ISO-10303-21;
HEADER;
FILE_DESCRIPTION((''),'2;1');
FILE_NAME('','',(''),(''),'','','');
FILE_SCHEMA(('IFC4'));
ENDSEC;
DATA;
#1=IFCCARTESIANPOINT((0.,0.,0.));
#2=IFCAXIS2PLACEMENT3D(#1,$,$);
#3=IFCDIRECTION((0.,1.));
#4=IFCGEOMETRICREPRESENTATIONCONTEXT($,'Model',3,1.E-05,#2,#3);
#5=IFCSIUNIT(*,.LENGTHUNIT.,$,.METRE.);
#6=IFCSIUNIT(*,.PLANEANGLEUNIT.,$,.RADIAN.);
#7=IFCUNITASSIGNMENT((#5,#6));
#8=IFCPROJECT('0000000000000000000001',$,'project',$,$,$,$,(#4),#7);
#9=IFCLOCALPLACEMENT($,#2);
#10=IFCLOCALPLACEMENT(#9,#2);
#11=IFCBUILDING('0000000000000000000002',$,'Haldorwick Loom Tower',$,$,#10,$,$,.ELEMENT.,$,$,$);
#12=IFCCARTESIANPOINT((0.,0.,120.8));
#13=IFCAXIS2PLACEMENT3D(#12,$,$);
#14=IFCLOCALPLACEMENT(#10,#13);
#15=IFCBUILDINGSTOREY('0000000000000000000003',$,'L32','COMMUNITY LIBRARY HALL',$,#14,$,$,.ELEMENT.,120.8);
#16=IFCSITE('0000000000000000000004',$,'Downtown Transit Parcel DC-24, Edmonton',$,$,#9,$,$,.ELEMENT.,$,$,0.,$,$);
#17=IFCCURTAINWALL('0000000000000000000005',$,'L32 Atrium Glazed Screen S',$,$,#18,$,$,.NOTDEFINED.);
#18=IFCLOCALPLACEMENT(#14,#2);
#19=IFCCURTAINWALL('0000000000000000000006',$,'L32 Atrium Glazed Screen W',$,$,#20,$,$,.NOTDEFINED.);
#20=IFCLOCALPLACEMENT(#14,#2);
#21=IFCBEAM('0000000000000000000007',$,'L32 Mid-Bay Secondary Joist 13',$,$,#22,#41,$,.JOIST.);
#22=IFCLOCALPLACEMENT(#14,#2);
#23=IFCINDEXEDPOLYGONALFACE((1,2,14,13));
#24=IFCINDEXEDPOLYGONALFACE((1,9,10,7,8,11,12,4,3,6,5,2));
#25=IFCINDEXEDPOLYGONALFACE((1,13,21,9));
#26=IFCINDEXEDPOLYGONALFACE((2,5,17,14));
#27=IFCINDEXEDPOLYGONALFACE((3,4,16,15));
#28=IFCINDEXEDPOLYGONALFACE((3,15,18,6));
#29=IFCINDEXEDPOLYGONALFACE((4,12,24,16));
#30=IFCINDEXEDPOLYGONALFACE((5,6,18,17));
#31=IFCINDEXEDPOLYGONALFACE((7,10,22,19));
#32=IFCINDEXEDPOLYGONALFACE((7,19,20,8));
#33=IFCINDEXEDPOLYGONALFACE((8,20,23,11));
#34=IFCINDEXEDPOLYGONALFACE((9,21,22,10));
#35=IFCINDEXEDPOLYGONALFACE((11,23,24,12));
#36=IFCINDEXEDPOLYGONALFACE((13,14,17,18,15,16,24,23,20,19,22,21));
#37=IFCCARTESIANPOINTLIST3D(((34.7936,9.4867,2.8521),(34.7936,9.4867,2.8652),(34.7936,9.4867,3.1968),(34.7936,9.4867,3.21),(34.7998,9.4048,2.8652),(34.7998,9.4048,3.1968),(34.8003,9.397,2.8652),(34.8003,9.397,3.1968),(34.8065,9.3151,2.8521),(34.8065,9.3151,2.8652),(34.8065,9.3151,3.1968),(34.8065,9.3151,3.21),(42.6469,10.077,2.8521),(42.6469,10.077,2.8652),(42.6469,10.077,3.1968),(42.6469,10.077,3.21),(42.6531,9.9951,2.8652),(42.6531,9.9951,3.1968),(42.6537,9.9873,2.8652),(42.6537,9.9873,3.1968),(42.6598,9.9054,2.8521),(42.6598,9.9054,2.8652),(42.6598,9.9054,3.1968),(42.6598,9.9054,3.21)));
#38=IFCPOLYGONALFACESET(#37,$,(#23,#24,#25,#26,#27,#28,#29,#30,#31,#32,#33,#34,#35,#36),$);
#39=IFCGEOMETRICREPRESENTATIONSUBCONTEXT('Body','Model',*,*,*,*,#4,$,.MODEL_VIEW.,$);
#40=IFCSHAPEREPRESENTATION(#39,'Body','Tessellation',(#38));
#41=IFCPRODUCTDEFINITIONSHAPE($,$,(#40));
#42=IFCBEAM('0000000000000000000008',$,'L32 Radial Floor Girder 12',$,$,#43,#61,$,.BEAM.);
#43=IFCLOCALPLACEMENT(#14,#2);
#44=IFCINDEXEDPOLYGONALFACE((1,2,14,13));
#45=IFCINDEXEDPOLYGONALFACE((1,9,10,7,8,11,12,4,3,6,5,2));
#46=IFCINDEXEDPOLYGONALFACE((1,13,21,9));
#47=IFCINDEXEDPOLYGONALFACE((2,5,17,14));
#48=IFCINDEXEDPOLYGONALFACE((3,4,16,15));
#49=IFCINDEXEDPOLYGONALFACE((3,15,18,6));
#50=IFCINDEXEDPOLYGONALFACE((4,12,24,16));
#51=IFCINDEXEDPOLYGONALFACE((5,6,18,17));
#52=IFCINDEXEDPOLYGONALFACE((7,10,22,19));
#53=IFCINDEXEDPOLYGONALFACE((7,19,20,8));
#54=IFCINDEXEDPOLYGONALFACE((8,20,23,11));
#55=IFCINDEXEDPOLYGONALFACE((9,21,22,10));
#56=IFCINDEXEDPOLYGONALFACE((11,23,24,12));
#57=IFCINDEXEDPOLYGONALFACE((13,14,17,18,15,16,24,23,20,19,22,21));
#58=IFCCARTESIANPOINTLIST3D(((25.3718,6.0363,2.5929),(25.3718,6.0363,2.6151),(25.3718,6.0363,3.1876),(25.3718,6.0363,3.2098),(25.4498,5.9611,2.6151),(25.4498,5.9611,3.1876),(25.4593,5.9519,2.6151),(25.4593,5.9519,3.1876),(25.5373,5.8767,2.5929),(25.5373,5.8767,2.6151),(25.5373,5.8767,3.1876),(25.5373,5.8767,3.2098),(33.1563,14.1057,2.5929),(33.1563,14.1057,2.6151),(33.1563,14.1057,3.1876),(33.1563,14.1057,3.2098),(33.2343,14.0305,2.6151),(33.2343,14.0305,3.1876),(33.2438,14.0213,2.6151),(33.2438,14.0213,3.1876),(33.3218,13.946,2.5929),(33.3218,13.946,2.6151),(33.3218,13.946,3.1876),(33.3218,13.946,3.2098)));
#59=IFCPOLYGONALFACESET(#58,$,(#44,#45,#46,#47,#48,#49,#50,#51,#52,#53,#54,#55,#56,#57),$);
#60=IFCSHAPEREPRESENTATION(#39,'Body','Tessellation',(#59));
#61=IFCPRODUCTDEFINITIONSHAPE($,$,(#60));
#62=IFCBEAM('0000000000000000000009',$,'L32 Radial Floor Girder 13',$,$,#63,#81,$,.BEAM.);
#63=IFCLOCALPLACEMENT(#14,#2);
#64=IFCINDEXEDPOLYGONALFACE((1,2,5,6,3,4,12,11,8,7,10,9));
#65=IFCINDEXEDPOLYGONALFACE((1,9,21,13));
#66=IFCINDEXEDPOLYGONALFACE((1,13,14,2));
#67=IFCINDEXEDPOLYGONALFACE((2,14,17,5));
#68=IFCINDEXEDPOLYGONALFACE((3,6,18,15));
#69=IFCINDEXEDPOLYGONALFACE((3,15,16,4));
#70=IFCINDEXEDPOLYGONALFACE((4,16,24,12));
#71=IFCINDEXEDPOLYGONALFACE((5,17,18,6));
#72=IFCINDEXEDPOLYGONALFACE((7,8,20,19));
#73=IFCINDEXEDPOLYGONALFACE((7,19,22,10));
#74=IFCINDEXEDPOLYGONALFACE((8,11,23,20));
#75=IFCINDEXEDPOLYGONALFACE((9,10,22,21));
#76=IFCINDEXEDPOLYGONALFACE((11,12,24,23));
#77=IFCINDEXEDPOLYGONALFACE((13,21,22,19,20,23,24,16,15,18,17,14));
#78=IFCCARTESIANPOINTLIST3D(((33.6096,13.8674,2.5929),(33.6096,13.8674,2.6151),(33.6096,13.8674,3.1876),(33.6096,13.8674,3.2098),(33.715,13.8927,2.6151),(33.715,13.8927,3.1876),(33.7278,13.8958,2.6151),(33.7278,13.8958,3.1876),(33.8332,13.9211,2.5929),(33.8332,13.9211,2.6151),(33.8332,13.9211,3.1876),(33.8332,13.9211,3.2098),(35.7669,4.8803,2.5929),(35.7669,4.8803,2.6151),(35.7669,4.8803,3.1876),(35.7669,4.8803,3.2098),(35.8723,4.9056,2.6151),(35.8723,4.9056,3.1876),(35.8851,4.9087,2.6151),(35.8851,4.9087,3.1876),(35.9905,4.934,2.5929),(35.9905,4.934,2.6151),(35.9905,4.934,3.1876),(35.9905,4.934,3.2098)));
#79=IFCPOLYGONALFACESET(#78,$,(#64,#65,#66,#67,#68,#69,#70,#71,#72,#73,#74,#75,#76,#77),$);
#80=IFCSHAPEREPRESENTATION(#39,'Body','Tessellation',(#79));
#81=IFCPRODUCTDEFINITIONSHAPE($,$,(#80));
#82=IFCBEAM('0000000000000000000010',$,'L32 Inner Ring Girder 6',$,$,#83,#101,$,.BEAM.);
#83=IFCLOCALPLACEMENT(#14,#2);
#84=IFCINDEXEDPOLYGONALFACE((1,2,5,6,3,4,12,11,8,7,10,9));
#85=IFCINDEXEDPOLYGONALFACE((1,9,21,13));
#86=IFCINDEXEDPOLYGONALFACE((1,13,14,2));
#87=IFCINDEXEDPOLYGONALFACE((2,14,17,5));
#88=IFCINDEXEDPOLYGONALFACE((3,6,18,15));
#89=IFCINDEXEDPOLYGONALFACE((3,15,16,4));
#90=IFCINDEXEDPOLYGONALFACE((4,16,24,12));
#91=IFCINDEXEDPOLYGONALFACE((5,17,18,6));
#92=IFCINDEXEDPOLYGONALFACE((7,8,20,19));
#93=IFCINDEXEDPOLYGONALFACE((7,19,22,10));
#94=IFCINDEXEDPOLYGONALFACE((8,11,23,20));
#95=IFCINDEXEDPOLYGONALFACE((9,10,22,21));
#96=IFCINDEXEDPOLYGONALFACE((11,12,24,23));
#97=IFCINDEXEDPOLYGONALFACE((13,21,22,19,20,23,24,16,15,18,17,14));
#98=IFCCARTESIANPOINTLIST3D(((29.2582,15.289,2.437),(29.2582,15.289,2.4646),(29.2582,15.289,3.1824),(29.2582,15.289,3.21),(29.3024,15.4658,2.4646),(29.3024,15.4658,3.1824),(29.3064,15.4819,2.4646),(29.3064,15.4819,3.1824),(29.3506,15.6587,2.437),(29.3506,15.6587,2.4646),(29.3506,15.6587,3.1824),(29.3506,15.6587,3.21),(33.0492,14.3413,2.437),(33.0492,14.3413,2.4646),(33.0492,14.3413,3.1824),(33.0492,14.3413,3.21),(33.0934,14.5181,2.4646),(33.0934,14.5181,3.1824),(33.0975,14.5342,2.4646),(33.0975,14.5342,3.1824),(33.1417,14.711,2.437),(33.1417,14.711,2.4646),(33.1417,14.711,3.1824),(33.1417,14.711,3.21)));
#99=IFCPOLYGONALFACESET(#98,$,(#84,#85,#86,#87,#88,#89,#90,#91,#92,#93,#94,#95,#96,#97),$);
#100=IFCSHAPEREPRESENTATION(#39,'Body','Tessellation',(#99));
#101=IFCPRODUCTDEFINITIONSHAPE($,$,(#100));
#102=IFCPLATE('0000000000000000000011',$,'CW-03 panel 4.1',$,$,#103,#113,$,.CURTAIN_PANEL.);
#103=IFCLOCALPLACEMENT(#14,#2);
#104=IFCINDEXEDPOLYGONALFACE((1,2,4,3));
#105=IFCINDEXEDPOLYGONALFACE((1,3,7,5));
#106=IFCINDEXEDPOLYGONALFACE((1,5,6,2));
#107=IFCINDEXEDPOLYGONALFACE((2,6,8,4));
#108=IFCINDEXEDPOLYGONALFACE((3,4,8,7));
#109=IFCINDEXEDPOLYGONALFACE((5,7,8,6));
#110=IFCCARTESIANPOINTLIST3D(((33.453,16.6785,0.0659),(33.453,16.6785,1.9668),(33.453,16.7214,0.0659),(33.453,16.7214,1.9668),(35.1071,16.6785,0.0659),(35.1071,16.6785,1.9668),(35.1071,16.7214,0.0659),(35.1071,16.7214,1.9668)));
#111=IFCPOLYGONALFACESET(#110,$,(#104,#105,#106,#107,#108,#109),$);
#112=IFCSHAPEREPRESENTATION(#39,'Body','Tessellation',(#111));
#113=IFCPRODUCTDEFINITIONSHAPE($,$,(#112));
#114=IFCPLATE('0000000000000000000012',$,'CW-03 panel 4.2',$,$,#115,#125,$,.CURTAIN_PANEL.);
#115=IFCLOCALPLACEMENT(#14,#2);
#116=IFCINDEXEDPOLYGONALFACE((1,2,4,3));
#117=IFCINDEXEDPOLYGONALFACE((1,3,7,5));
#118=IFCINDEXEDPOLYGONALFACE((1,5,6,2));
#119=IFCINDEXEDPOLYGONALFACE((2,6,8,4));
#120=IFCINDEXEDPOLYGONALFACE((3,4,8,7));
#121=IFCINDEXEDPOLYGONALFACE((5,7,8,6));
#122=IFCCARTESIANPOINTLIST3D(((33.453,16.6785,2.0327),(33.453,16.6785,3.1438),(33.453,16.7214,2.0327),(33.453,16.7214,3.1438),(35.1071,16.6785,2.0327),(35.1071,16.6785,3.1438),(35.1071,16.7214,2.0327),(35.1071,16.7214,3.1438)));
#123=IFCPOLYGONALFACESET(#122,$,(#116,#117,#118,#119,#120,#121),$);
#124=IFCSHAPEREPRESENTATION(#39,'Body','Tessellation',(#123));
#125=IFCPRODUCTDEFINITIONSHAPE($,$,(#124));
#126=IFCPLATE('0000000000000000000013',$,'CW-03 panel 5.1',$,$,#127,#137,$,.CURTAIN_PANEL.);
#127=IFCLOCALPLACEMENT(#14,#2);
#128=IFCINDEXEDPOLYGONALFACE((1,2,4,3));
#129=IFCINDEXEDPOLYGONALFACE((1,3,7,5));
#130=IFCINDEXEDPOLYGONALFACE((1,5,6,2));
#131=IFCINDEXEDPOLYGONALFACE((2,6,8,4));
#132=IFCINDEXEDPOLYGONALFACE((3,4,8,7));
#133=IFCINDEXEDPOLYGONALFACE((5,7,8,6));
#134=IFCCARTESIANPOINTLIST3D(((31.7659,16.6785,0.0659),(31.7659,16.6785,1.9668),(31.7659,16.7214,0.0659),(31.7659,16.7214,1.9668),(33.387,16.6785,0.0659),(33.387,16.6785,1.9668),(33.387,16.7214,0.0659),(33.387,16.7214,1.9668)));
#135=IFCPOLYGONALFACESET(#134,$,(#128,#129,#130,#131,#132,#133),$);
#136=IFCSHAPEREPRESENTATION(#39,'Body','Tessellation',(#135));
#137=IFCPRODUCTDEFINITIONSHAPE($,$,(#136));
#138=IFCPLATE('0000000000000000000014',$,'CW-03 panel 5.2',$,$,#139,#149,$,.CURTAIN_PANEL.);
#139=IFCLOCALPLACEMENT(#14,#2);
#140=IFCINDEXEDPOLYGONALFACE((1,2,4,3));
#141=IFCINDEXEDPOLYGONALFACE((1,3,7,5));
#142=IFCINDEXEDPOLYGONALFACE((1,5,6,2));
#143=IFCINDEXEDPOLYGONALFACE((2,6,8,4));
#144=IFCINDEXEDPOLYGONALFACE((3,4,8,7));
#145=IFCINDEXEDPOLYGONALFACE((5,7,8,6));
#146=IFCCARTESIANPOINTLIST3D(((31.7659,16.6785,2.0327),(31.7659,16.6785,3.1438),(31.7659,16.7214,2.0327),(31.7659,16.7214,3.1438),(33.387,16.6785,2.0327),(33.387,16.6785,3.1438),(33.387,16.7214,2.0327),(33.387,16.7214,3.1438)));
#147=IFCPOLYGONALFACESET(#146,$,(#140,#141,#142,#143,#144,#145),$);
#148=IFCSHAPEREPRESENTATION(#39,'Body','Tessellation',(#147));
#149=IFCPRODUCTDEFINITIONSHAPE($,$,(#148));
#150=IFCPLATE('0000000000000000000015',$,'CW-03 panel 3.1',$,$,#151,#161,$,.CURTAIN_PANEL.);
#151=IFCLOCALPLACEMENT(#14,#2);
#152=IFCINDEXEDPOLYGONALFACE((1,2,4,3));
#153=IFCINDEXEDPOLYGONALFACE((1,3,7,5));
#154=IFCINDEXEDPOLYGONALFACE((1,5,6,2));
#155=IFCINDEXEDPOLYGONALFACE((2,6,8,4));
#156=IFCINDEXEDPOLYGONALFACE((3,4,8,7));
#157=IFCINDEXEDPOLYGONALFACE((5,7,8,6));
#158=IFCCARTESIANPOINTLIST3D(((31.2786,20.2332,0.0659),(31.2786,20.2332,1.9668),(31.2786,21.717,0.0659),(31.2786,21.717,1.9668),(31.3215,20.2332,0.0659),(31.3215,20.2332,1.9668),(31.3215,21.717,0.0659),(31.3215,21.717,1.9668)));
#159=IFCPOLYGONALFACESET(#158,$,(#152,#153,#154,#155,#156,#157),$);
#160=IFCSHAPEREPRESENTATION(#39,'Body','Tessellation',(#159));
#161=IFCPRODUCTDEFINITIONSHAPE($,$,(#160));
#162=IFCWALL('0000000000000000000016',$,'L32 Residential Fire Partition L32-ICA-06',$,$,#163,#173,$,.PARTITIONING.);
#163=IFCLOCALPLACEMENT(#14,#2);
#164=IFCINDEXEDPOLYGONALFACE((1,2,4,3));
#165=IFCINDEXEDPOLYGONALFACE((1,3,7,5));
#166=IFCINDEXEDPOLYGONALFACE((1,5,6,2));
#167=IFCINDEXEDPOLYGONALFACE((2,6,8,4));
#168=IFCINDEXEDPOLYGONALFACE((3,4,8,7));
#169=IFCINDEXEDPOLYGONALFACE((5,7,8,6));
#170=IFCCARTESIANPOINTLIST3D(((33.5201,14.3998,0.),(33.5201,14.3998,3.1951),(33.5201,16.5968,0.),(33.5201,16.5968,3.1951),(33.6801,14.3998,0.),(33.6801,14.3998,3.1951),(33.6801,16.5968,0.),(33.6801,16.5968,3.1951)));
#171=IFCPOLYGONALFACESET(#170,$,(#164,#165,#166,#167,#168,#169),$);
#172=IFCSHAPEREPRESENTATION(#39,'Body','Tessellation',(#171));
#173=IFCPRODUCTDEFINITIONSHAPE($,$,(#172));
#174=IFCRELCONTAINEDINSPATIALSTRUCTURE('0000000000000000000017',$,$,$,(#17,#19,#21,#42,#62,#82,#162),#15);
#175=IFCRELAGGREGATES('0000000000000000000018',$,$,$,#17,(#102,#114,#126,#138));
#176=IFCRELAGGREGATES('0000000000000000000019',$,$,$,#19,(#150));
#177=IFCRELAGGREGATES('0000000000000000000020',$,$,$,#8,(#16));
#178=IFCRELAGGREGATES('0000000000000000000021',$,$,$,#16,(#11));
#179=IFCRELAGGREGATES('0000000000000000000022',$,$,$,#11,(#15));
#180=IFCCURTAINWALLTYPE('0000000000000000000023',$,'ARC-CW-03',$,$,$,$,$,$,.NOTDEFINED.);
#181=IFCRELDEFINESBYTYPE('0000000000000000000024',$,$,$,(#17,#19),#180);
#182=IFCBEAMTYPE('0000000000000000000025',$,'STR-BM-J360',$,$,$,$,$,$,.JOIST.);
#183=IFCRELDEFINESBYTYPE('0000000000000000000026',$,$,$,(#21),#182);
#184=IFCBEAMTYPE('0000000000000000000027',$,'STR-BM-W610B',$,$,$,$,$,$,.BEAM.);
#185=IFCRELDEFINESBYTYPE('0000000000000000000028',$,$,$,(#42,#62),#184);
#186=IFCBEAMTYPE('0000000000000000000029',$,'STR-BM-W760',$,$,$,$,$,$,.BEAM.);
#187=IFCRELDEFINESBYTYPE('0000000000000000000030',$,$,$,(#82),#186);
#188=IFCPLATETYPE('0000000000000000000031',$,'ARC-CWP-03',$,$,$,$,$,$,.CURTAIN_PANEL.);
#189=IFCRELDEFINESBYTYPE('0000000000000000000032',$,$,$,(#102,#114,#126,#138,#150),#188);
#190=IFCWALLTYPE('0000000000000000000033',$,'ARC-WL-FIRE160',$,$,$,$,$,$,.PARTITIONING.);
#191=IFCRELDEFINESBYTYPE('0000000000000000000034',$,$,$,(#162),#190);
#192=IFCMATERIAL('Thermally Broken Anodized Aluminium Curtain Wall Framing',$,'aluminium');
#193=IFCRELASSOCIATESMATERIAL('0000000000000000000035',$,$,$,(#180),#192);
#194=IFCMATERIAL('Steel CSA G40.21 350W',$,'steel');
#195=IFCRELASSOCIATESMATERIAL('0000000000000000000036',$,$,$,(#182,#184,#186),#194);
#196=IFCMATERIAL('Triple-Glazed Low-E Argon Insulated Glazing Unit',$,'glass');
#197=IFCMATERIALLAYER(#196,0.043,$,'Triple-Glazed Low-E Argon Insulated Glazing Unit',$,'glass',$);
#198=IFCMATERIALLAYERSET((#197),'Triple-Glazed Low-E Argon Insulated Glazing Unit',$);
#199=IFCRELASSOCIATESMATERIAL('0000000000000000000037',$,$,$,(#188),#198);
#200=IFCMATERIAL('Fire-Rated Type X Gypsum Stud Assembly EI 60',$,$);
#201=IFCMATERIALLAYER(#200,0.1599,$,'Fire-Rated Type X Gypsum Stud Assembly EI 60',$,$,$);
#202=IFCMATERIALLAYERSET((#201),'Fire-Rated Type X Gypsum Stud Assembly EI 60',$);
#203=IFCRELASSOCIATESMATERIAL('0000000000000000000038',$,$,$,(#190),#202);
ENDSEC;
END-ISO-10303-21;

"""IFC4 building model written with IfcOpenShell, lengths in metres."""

from ifc_helpers import new_model, si_unit, direction, frame, frame_2d, origin, origin_2d, place, context, subcontext, project, spatial, rectangle, i_section, extrude, material, layer, layer_set, material_profile, profile_set, type_object, element, aggregate, save


model = new_model("IFC4")

# Units and contexts
model_context = context("Model", 3, precision=1e-05, world=origin(), true_north=direction((0.0, 1.0)))
body_context = subcontext(model_context, "Body", "Model", "MODEL_VIEW")
ifc_project = project(units=[si_unit("LENGTHUNIT", "METRE"), si_unit("PLANEANGLEUNIT", "RADIAN")], contexts=[model_context])

# Site, building, storey
site_placement = place(None, origin())
site = spatial("IfcSite", under=ifc_project, at=site_placement, Name="Downtown Transit Parcel DC-24, Edmonton", CompositionType="ELEMENT", RefElevation=0.0)
building_placement = place(site_placement, origin())
building = spatial("IfcBuilding", under=site, at=building_placement, Name="Haldorwick Loom Tower", CompositionType="ELEMENT")
storey_placement = place(building_placement, frame((0.0, 0.0, 120.8)))
storey = spatial("IfcBuildingStorey", under=building, at=storey_placement, Name="L32", Description="COMMUNITY LIBRARY HALL", CompositionType="ELEMENT", Elevation=120.8)

# Curtain wall
ifc_material_1 = material(Name="Thermally Broken Anodized Aluminium Curtain Wall Framing", Category="aluminium")
curtain_wall_type = type_object("IfcCurtainWallType", Name="ARC-CW-03", PredefinedType="NOTDEFINED", material=ifc_material_1)
curtain_wall_1_placement = place(storey_placement, origin())
curtain_wall_1 = element("IfcCurtainWall", 1, at=curtain_wall_1_placement, inside=storey, type_object=curtain_wall_type, Name="L32 Atrium Glazed Screen S", PredefinedType="NOTDEFINED")

# Curtain wall
curtain_wall_2_placement = place(storey_placement, origin())
curtain_wall_2 = element("IfcCurtainWall", 2, at=curtain_wall_2_placement, inside=storey, type_object=curtain_wall_type, Name="L32 Atrium Glazed Screen W", PredefinedType="NOTDEFINED")

# Beams
ifc_material_2 = material(Name="Steel CSA G40.21 350W", Category="steel")
ifc_material_profile_1 = material_profile(ifc_material_2, i_section(OverallWidth=0.1721, OverallDepth=0.3579, WebThickness=0.0078, FlangeThickness=0.0132, at=origin_2d()), Name="W360X57", Category="steel")
ifc_profile_set_1 = profile_set([ifc_material_profile_1], Name="Steel CSA G40.21 350W")
beam_type_1 = type_object("IfcBeamType", Name="STR-BM-J360", PredefinedType="JOIST", material=ifc_profile_set_1)
beam_1_placement = place(storey_placement, frame((34.8, 9.4009, 3.031), z_axis=(0.997187, 0.074959, 0.0), x_axis=(-0.074959, 0.997187, 0.0)))
element("IfcBeam", 3, at=beam_1_placement, inside=storey, type_object=beam_type_1, Name="L32 Mid-Bay Secondary Joist 13", PredefinedType="JOIST", context=body_context, shape_type="SweptSolid", body=[
    extrude(i_section(OverallWidth=0.1721, OverallDepth=0.3579, WebThickness=0.0078, FlangeThickness=0.0132, at=origin_2d()), origin(), (0.0, 0.0, 1.0), 7.8755),
])
ifc_material_profile_2 = material_profile(ifc_material_2, i_section(OverallWidth=0.23, OverallDepth=0.6169, WebThickness=0.0132, FlangeThickness=0.0222, at=origin_2d()), Name="W610X140", Category="steel")
ifc_profile_set_2 = profile_set([ifc_material_profile_2], Name="Steel CSA G40.21 350W")
beam_type_2 = type_object("IfcBeamType", Name="STR-BM-W610B", PredefinedType="BEAM", material=ifc_profile_set_2)
beam_2_placement = place(storey_placement, frame((33.239, 14.0259, 2.9014), z_axis=(-0.694287, -0.719698, 0.0), x_axis=(0.719698, -0.694287, 0.0)))
element("IfcBeam", 4, at=beam_2_placement, inside=storey, type_object=beam_type_2, Name="L32 Radial Floor Girder 12", PredefinedType="BEAM", context=body_context, shape_type="SweptSolid", body=[
    extrude(i_section(OverallWidth=0.23, OverallDepth=0.6169, WebThickness=0.0132, FlangeThickness=0.0222, at=origin_2d()), origin(), (0.0, 0.0, 1.0), 11.2122),
])
beam_3_placement = place(storey_placement, frame((33.7214, 13.8943, 2.9014), z_axis=(0.233407, -0.972379, 0.0), x_axis=(0.972379, 0.233407, 0.0)))
element("IfcBeam", 5, at=beam_3_placement, inside=storey, type_object=beam_type_2, Name="L32 Radial Floor Girder 13", PredefinedType="BEAM", context=body_context, shape_type="SweptSolid", body=[
    extrude(i_section(OverallWidth=0.23, OverallDepth=0.6169, WebThickness=0.0132, FlangeThickness=0.0222, at=origin_2d()), origin(), (0.0, 0.0, 1.0), 9.2424),
])
ifc_material_profile_3 = material_profile(ifc_material_2, i_section(OverallWidth=0.3811, OverallDepth=0.7729, WebThickness=0.0166, FlangeThickness=0.0276, at=origin_2d()), Name="W760X257", Category="steel")
ifc_profile_set_3 = profile_set([ifc_material_profile_3], Name="Steel CSA G40.21 350W")
beam_type_3 = type_object("IfcBeamType", Name="STR-BM-W760", PredefinedType="BEAM", material=ifc_profile_set_3)
beam_4_placement = place(storey_placement, frame((33.0955, 14.5261, 2.8235), z_axis=(-0.970143, 0.242536, 0.0), x_axis=(-0.242536, -0.970143, 0.0)))
element("IfcBeam", 6, at=beam_4_placement, inside=storey, type_object=beam_type_3, Name="L32 Inner Ring Girder 6", PredefinedType="BEAM", context=body_context, shape_type="SweptSolid", body=[
    extrude(i_section(OverallWidth=0.3811, OverallDepth=0.7729, WebThickness=0.0166, FlangeThickness=0.0276, at=origin_2d()), origin(), (0.0, 0.0, 1.0), 3.9077),
])

# Plates
ifc_material_3 = material(Name="Triple-Glazed Low-E Argon Insulated Glazing Unit", Category="glass")
ifc_layer_1 = layer(ifc_material_3, 0.043, Name="Triple-Glazed Low-E Argon Insulated Glazing Unit", Category="glass")
ifc_layer_set_1 = layer_set([ifc_layer_1], Name="Triple-Glazed Low-E Argon Insulated Glazing Unit")
plate_type = type_object("IfcPlateType", Name="ARC-CWP-03", PredefinedType="CURTAIN_PANEL", material=ifc_layer_set_1)
plate_1_placement = place(storey_placement, frame((34.28, 16.7, 0.0659), z_axis=(0.0, 0.0, 1.0), x_axis=(-1.0, 0.0, 0.0)))
plate_1 = element("IfcPlate", 7, at=plate_1_placement, type_object=plate_type, Name="CW-03 panel 4.1", PredefinedType="CURTAIN_PANEL", context=body_context, shape_type="SweptSolid", body=[
    extrude(rectangle(XDim=1.6541, YDim=0.043, at=origin_2d()), origin(), (0.0, 0.0, 1.0), 1.9009),
])
plate_2_placement = place(storey_placement, frame((34.28, 16.7, 2.0327), z_axis=(0.0, 0.0, 1.0), x_axis=(-1.0, 0.0, 0.0)))
plate_2 = element("IfcPlate", 8, at=plate_2_placement, type_object=plate_type, Name="CW-03 panel 4.2", PredefinedType="CURTAIN_PANEL", context=body_context, shape_type="SweptSolid", body=[
    extrude(rectangle(XDim=1.6541, YDim=0.043, at=origin_2d()), origin(), (0.0, 0.0, 1.0), 1.1111),
])
plate_3_placement = place(storey_placement, frame((32.5764, 16.7, 0.0659), z_axis=(0.0, 0.0, 1.0), x_axis=(-1.0, 0.0, 0.0)))
plate_3 = element("IfcPlate", 9, at=plate_3_placement, type_object=plate_type, Name="CW-03 panel 5.1", PredefinedType="CURTAIN_PANEL", context=body_context, shape_type="SweptSolid", body=[
    extrude(rectangle(XDim=1.6211, YDim=0.043, at=origin_2d()), origin(), (0.0, 0.0, 1.0), 1.9009),
])
plate_4_placement = place(storey_placement, frame((32.5764, 16.7, 2.0327), z_axis=(0.0, 0.0, 1.0), x_axis=(-1.0, 0.0, 0.0)))
plate_4 = element("IfcPlate", 10, at=plate_4_placement, type_object=plate_type, Name="CW-03 panel 5.2", PredefinedType="CURTAIN_PANEL", context=body_context, shape_type="SweptSolid", body=[
    extrude(rectangle(XDim=1.6211, YDim=0.043, at=origin_2d()), origin(), (0.0, 0.0, 1.0), 1.1111),
])
aggregate(curtain_wall_1, [plate_1, plate_2, plate_3, plate_4])
plate_5_placement = place(storey_placement, frame((31.3, 20.9751, 0.0659), z_axis=(0.0, 0.0, 1.0), x_axis=(0.0, 1.0, 0.0)))
plate_5 = element("IfcPlate", 11, at=plate_5_placement, type_object=plate_type, Name="CW-03 panel 3.1", PredefinedType="CURTAIN_PANEL", context=body_context, shape_type="SweptSolid", body=[
    extrude(rectangle(XDim=1.4839, YDim=0.043, at=origin_2d()), origin(), (0.0, 0.0, 1.0), 1.9009),
])
aggregate(curtain_wall_2, [plate_5])

# Wall
ifc_material_4 = material(Name="Fire-Rated Type X Gypsum Stud Assembly EI 60")
ifc_layer_2 = layer(ifc_material_4, 0.1599, Name="Fire-Rated Type X Gypsum Stud Assembly EI 60")
ifc_layer_set_2 = layer_set([ifc_layer_2], Name="Fire-Rated Type X Gypsum Stud Assembly EI 60")
wall_type = type_object("IfcWallType", Name="ARC-WL-FIRE160", PredefinedType="PARTITIONING", material=ifc_layer_set_2)
wall_placement = place(storey_placement, frame((33.6001, 16.5969, 0.0), z_axis=(0.0, 0.0, 1.0), x_axis=(0.0, -1.0, 0.0)))
element("IfcWall", 12, at=wall_placement, inside=storey, type_object=wall_type, Name="L32 Residential Fire Partition L32-ICA-06", PredefinedType="PARTITIONING", context=body_context, shape_type="SweptSolid", body=[
    extrude(rectangle(XDim=2.197, YDim=0.1599, at=frame_2d((1.0986, 0.0))), origin(), (0.0, 0.0, 1.0), 3.1951),
])

save(model, "model.ifc")
